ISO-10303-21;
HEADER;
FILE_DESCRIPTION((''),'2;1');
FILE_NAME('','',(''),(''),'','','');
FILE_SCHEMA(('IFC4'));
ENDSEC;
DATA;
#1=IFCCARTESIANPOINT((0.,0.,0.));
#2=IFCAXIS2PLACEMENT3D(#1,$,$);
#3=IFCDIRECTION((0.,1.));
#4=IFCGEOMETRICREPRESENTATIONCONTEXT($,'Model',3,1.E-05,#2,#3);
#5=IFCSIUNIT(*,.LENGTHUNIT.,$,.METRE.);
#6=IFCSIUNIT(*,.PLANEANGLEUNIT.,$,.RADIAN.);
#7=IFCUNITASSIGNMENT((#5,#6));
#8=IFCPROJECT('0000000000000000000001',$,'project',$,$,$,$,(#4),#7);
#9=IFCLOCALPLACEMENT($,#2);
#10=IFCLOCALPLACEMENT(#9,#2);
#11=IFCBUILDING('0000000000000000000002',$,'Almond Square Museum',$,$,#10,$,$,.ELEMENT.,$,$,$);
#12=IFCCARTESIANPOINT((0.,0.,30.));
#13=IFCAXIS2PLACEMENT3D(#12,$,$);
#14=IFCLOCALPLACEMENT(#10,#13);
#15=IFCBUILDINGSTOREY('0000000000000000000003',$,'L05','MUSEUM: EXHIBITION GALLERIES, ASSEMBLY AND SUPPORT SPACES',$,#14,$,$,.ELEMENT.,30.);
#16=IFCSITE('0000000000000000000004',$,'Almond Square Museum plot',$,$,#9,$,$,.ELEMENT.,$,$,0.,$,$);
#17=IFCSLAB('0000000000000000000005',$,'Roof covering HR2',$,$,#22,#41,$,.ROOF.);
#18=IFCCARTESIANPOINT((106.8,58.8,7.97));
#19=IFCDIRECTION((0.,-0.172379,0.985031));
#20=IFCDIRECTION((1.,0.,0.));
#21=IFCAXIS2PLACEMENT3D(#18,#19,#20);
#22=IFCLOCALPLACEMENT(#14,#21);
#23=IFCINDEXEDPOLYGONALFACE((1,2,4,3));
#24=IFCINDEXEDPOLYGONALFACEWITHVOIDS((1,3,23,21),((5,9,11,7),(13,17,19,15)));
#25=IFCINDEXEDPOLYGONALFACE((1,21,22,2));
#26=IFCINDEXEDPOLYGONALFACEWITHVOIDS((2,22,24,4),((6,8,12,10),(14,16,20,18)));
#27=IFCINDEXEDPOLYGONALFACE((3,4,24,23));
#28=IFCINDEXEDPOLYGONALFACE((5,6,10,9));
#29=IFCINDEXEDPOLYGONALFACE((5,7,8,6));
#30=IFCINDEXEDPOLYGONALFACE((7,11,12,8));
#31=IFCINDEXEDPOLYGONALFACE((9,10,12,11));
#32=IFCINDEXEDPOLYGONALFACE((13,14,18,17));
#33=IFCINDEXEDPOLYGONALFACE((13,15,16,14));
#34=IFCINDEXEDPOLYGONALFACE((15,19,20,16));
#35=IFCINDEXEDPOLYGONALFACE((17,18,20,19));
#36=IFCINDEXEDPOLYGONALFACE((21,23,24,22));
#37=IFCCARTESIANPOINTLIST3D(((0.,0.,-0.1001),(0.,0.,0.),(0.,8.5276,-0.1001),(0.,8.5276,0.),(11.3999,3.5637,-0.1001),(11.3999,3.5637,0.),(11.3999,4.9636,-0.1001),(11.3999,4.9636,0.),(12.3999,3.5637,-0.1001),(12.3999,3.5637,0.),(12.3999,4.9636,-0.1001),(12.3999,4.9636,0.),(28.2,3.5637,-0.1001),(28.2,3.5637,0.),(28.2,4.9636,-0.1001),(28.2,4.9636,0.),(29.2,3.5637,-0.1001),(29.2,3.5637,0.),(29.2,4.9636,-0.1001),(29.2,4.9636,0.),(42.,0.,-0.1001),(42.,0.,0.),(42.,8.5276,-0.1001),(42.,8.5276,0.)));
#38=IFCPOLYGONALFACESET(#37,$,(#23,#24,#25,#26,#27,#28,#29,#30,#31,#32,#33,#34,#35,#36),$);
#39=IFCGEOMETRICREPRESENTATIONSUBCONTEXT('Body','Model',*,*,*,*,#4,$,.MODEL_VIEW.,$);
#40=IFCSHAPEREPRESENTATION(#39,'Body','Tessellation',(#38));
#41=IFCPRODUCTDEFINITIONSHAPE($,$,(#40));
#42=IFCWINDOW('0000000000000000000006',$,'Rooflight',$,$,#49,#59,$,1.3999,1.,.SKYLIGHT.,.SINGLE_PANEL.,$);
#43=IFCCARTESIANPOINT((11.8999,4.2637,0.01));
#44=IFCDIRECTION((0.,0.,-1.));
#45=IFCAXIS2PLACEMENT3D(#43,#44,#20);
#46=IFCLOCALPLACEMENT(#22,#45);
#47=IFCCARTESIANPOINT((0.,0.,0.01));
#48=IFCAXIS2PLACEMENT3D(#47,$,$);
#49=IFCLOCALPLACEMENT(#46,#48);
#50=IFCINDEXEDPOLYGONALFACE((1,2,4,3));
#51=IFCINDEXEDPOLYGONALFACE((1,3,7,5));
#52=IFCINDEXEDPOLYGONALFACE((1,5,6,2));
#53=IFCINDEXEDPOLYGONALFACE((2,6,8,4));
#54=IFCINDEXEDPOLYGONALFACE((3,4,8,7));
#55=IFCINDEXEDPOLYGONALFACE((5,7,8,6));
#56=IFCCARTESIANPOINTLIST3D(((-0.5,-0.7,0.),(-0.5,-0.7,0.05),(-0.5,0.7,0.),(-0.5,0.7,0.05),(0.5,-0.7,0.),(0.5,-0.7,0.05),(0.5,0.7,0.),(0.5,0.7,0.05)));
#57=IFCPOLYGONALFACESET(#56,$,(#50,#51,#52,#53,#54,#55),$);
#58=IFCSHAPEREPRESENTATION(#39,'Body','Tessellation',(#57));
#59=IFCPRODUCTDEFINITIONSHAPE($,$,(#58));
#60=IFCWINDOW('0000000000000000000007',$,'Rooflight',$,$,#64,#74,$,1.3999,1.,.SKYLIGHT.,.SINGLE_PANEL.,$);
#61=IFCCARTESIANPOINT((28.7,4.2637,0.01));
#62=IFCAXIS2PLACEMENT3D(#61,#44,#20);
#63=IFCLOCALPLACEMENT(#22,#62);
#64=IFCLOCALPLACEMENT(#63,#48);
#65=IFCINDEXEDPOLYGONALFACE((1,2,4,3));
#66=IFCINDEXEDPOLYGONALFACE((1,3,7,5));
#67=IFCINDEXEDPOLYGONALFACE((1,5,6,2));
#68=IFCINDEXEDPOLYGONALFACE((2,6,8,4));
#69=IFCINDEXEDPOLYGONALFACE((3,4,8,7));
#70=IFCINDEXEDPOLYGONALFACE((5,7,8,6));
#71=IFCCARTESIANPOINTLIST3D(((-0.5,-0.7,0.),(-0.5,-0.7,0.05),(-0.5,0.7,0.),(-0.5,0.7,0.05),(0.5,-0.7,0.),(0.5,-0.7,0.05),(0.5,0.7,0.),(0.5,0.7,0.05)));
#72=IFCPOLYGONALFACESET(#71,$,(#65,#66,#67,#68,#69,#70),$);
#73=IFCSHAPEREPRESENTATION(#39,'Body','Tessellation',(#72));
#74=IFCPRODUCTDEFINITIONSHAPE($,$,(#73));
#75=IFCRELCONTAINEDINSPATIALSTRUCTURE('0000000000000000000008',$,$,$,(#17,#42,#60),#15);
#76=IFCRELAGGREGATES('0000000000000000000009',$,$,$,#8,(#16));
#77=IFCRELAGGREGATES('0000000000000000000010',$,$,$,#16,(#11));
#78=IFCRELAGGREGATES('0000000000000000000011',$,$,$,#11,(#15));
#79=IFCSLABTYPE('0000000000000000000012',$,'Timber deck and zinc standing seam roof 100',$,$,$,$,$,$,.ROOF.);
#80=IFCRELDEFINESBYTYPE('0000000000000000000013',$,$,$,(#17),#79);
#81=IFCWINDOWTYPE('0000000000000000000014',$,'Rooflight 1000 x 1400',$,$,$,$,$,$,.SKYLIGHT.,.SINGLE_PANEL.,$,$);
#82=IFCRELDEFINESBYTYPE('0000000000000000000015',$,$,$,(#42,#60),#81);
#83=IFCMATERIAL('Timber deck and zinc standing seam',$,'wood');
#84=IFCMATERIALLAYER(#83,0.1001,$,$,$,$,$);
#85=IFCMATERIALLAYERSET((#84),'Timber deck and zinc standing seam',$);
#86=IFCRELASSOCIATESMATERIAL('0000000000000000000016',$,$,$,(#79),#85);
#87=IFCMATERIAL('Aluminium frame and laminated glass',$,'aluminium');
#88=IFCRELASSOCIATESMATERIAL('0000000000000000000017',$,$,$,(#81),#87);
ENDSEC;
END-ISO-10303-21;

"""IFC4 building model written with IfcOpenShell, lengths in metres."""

from ifc_helpers import new_model, si_unit, direction, frame, origin, origin_2d, place, context, subcontext, project, spatial, polyline, rectangle, outline, extrude, material, layer, layer_set, type_object, element, fill, save


model = new_model("IFC4")

# Units and contexts
model_context = context("Model", 3, precision=1e-05, world=origin(), true_north=direction((0.0, 1.0)))
body_context = subcontext(model_context, "Body", "Model", "MODEL_VIEW")
ifc_project = project(units=[si_unit("LENGTHUNIT", "METRE"), si_unit("PLANEANGLEUNIT", "RADIAN")], contexts=[model_context])

# Site, building, storey
site_placement = place(None, origin())
site = spatial("IfcSite", under=ifc_project, at=site_placement, Name="Almond Square Museum plot", CompositionType="ELEMENT", RefElevation=0.0)
building_placement = place(site_placement, origin())
building = spatial("IfcBuilding", under=site, at=building_placement, Name="Almond Square Museum", CompositionType="ELEMENT")
storey_placement = place(building_placement, frame((0.0, 0.0, 30.0)))
storey = spatial("IfcBuildingStorey", under=building, at=storey_placement, Name="L05", Description="MUSEUM: EXHIBITION GALLERIES, ASSEMBLY AND SUPPORT SPACES", CompositionType="ELEMENT", Elevation=30.0)

# Shared definitions
ifc_material_1 = material(Name="Timber deck and zinc standing seam", Category="wood")
ifc_layer_1 = layer(ifc_material_1, 0.1001)
ifc_layer_set_1 = layer_set([ifc_layer_1], Name="Timber deck and zinc standing seam")
slab_type = type_object("IfcSlabType", Name="Timber deck and zinc standing seam roof 100", PredefinedType="ROOF", material=ifc_layer_set_1)

# Slab, openings, windows
slab_1_placement = place(storey_placement, frame((106.8, 58.8, 7.97), z_axis=(0.0, -0.172379, 0.985031), x_axis=(1.0, 0.0, 0.0)))
slab_1 = element("IfcSlab", 1, at=slab_1_placement, inside=storey, type_object=slab_type, Name="Roof covering HR2", PredefinedType="ROOF", context=body_context, shape_type="SweptSolid", body=[
    extrude(outline(polyline([(0.0, 0.0), (42.0, 0.0), (42.0, 8.5276), (0.0, 8.5276), (0.0, 0.0)])), origin(), (0.0, 0.0, -1.0), 0.1001),
])
opening_1_placement = place(slab_1_placement, frame((11.8999, 4.2637, 0.01), z_axis=(0.0, 0.0, -1.0), x_axis=(1.0, 0.0, 0.0)))
opening_1 = element("IfcOpeningElement", 2, at=opening_1_placement, cuts=slab_1, PredefinedType="OPENING", context=body_context, shape_type="SweptSolid", body=[
    extrude(rectangle(XDim=1.0, YDim=1.3999, at=origin_2d()), origin(), (0.0, 0.0, 1.0), 0.1201),
])
opening_2_placement = place(slab_1_placement, frame((28.7, 4.2637, 0.01), z_axis=(0.0, 0.0, -1.0), x_axis=(1.0, 0.0, 0.0)))
opening_2 = element("IfcOpeningElement", 3, at=opening_2_placement, cuts=slab_1, PredefinedType="OPENING", context=body_context, shape_type="SweptSolid", body=[
    extrude(rectangle(XDim=1.0, YDim=1.3999, at=origin_2d()), origin(), (0.0, 0.0, 1.0), 0.1201),
])
ifc_material_2 = material(Name="Aluminium frame and laminated glass", Category="aluminium")
window_type = type_object("IfcWindowType", Name="Rooflight 1000 x 1400", PartitioningType="SINGLE_PANEL", PredefinedType="SKYLIGHT", material=ifc_material_2)
window_1_placement = place(opening_1_placement, frame((0.0, 0.0, 0.01)))
window_1 = element("IfcWindow", 4, at=window_1_placement, inside=storey, type_object=window_type, Name="Rooflight", OverallHeight=1.3999, OverallWidth=1.0, PartitioningType="SINGLE_PANEL", PredefinedType="SKYLIGHT", context=body_context, shape_type="SweptSolid", body=[
    extrude(rectangle(XDim=1.0, YDim=1.3999, at=origin_2d()), origin(), (0.0, 0.0, 1.0), 0.05),
])
fill(opening_1, window_1)
window_2_placement = place(opening_2_placement, frame((0.0, 0.0, 0.01)))
window_2 = element("IfcWindow", 5, at=window_2_placement, inside=storey, type_object=window_type, Name="Rooflight", OverallHeight=1.3999, OverallWidth=1.0, PartitioningType="SINGLE_PANEL", PredefinedType="SKYLIGHT", context=body_context, shape_type="SweptSolid", body=[
    extrude(rectangle(XDim=1.0, YDim=1.3999, at=origin_2d()), origin(), (0.0, 0.0, 1.0), 0.05),
])
fill(opening_2, window_2)

save(model, "model.ifc")
